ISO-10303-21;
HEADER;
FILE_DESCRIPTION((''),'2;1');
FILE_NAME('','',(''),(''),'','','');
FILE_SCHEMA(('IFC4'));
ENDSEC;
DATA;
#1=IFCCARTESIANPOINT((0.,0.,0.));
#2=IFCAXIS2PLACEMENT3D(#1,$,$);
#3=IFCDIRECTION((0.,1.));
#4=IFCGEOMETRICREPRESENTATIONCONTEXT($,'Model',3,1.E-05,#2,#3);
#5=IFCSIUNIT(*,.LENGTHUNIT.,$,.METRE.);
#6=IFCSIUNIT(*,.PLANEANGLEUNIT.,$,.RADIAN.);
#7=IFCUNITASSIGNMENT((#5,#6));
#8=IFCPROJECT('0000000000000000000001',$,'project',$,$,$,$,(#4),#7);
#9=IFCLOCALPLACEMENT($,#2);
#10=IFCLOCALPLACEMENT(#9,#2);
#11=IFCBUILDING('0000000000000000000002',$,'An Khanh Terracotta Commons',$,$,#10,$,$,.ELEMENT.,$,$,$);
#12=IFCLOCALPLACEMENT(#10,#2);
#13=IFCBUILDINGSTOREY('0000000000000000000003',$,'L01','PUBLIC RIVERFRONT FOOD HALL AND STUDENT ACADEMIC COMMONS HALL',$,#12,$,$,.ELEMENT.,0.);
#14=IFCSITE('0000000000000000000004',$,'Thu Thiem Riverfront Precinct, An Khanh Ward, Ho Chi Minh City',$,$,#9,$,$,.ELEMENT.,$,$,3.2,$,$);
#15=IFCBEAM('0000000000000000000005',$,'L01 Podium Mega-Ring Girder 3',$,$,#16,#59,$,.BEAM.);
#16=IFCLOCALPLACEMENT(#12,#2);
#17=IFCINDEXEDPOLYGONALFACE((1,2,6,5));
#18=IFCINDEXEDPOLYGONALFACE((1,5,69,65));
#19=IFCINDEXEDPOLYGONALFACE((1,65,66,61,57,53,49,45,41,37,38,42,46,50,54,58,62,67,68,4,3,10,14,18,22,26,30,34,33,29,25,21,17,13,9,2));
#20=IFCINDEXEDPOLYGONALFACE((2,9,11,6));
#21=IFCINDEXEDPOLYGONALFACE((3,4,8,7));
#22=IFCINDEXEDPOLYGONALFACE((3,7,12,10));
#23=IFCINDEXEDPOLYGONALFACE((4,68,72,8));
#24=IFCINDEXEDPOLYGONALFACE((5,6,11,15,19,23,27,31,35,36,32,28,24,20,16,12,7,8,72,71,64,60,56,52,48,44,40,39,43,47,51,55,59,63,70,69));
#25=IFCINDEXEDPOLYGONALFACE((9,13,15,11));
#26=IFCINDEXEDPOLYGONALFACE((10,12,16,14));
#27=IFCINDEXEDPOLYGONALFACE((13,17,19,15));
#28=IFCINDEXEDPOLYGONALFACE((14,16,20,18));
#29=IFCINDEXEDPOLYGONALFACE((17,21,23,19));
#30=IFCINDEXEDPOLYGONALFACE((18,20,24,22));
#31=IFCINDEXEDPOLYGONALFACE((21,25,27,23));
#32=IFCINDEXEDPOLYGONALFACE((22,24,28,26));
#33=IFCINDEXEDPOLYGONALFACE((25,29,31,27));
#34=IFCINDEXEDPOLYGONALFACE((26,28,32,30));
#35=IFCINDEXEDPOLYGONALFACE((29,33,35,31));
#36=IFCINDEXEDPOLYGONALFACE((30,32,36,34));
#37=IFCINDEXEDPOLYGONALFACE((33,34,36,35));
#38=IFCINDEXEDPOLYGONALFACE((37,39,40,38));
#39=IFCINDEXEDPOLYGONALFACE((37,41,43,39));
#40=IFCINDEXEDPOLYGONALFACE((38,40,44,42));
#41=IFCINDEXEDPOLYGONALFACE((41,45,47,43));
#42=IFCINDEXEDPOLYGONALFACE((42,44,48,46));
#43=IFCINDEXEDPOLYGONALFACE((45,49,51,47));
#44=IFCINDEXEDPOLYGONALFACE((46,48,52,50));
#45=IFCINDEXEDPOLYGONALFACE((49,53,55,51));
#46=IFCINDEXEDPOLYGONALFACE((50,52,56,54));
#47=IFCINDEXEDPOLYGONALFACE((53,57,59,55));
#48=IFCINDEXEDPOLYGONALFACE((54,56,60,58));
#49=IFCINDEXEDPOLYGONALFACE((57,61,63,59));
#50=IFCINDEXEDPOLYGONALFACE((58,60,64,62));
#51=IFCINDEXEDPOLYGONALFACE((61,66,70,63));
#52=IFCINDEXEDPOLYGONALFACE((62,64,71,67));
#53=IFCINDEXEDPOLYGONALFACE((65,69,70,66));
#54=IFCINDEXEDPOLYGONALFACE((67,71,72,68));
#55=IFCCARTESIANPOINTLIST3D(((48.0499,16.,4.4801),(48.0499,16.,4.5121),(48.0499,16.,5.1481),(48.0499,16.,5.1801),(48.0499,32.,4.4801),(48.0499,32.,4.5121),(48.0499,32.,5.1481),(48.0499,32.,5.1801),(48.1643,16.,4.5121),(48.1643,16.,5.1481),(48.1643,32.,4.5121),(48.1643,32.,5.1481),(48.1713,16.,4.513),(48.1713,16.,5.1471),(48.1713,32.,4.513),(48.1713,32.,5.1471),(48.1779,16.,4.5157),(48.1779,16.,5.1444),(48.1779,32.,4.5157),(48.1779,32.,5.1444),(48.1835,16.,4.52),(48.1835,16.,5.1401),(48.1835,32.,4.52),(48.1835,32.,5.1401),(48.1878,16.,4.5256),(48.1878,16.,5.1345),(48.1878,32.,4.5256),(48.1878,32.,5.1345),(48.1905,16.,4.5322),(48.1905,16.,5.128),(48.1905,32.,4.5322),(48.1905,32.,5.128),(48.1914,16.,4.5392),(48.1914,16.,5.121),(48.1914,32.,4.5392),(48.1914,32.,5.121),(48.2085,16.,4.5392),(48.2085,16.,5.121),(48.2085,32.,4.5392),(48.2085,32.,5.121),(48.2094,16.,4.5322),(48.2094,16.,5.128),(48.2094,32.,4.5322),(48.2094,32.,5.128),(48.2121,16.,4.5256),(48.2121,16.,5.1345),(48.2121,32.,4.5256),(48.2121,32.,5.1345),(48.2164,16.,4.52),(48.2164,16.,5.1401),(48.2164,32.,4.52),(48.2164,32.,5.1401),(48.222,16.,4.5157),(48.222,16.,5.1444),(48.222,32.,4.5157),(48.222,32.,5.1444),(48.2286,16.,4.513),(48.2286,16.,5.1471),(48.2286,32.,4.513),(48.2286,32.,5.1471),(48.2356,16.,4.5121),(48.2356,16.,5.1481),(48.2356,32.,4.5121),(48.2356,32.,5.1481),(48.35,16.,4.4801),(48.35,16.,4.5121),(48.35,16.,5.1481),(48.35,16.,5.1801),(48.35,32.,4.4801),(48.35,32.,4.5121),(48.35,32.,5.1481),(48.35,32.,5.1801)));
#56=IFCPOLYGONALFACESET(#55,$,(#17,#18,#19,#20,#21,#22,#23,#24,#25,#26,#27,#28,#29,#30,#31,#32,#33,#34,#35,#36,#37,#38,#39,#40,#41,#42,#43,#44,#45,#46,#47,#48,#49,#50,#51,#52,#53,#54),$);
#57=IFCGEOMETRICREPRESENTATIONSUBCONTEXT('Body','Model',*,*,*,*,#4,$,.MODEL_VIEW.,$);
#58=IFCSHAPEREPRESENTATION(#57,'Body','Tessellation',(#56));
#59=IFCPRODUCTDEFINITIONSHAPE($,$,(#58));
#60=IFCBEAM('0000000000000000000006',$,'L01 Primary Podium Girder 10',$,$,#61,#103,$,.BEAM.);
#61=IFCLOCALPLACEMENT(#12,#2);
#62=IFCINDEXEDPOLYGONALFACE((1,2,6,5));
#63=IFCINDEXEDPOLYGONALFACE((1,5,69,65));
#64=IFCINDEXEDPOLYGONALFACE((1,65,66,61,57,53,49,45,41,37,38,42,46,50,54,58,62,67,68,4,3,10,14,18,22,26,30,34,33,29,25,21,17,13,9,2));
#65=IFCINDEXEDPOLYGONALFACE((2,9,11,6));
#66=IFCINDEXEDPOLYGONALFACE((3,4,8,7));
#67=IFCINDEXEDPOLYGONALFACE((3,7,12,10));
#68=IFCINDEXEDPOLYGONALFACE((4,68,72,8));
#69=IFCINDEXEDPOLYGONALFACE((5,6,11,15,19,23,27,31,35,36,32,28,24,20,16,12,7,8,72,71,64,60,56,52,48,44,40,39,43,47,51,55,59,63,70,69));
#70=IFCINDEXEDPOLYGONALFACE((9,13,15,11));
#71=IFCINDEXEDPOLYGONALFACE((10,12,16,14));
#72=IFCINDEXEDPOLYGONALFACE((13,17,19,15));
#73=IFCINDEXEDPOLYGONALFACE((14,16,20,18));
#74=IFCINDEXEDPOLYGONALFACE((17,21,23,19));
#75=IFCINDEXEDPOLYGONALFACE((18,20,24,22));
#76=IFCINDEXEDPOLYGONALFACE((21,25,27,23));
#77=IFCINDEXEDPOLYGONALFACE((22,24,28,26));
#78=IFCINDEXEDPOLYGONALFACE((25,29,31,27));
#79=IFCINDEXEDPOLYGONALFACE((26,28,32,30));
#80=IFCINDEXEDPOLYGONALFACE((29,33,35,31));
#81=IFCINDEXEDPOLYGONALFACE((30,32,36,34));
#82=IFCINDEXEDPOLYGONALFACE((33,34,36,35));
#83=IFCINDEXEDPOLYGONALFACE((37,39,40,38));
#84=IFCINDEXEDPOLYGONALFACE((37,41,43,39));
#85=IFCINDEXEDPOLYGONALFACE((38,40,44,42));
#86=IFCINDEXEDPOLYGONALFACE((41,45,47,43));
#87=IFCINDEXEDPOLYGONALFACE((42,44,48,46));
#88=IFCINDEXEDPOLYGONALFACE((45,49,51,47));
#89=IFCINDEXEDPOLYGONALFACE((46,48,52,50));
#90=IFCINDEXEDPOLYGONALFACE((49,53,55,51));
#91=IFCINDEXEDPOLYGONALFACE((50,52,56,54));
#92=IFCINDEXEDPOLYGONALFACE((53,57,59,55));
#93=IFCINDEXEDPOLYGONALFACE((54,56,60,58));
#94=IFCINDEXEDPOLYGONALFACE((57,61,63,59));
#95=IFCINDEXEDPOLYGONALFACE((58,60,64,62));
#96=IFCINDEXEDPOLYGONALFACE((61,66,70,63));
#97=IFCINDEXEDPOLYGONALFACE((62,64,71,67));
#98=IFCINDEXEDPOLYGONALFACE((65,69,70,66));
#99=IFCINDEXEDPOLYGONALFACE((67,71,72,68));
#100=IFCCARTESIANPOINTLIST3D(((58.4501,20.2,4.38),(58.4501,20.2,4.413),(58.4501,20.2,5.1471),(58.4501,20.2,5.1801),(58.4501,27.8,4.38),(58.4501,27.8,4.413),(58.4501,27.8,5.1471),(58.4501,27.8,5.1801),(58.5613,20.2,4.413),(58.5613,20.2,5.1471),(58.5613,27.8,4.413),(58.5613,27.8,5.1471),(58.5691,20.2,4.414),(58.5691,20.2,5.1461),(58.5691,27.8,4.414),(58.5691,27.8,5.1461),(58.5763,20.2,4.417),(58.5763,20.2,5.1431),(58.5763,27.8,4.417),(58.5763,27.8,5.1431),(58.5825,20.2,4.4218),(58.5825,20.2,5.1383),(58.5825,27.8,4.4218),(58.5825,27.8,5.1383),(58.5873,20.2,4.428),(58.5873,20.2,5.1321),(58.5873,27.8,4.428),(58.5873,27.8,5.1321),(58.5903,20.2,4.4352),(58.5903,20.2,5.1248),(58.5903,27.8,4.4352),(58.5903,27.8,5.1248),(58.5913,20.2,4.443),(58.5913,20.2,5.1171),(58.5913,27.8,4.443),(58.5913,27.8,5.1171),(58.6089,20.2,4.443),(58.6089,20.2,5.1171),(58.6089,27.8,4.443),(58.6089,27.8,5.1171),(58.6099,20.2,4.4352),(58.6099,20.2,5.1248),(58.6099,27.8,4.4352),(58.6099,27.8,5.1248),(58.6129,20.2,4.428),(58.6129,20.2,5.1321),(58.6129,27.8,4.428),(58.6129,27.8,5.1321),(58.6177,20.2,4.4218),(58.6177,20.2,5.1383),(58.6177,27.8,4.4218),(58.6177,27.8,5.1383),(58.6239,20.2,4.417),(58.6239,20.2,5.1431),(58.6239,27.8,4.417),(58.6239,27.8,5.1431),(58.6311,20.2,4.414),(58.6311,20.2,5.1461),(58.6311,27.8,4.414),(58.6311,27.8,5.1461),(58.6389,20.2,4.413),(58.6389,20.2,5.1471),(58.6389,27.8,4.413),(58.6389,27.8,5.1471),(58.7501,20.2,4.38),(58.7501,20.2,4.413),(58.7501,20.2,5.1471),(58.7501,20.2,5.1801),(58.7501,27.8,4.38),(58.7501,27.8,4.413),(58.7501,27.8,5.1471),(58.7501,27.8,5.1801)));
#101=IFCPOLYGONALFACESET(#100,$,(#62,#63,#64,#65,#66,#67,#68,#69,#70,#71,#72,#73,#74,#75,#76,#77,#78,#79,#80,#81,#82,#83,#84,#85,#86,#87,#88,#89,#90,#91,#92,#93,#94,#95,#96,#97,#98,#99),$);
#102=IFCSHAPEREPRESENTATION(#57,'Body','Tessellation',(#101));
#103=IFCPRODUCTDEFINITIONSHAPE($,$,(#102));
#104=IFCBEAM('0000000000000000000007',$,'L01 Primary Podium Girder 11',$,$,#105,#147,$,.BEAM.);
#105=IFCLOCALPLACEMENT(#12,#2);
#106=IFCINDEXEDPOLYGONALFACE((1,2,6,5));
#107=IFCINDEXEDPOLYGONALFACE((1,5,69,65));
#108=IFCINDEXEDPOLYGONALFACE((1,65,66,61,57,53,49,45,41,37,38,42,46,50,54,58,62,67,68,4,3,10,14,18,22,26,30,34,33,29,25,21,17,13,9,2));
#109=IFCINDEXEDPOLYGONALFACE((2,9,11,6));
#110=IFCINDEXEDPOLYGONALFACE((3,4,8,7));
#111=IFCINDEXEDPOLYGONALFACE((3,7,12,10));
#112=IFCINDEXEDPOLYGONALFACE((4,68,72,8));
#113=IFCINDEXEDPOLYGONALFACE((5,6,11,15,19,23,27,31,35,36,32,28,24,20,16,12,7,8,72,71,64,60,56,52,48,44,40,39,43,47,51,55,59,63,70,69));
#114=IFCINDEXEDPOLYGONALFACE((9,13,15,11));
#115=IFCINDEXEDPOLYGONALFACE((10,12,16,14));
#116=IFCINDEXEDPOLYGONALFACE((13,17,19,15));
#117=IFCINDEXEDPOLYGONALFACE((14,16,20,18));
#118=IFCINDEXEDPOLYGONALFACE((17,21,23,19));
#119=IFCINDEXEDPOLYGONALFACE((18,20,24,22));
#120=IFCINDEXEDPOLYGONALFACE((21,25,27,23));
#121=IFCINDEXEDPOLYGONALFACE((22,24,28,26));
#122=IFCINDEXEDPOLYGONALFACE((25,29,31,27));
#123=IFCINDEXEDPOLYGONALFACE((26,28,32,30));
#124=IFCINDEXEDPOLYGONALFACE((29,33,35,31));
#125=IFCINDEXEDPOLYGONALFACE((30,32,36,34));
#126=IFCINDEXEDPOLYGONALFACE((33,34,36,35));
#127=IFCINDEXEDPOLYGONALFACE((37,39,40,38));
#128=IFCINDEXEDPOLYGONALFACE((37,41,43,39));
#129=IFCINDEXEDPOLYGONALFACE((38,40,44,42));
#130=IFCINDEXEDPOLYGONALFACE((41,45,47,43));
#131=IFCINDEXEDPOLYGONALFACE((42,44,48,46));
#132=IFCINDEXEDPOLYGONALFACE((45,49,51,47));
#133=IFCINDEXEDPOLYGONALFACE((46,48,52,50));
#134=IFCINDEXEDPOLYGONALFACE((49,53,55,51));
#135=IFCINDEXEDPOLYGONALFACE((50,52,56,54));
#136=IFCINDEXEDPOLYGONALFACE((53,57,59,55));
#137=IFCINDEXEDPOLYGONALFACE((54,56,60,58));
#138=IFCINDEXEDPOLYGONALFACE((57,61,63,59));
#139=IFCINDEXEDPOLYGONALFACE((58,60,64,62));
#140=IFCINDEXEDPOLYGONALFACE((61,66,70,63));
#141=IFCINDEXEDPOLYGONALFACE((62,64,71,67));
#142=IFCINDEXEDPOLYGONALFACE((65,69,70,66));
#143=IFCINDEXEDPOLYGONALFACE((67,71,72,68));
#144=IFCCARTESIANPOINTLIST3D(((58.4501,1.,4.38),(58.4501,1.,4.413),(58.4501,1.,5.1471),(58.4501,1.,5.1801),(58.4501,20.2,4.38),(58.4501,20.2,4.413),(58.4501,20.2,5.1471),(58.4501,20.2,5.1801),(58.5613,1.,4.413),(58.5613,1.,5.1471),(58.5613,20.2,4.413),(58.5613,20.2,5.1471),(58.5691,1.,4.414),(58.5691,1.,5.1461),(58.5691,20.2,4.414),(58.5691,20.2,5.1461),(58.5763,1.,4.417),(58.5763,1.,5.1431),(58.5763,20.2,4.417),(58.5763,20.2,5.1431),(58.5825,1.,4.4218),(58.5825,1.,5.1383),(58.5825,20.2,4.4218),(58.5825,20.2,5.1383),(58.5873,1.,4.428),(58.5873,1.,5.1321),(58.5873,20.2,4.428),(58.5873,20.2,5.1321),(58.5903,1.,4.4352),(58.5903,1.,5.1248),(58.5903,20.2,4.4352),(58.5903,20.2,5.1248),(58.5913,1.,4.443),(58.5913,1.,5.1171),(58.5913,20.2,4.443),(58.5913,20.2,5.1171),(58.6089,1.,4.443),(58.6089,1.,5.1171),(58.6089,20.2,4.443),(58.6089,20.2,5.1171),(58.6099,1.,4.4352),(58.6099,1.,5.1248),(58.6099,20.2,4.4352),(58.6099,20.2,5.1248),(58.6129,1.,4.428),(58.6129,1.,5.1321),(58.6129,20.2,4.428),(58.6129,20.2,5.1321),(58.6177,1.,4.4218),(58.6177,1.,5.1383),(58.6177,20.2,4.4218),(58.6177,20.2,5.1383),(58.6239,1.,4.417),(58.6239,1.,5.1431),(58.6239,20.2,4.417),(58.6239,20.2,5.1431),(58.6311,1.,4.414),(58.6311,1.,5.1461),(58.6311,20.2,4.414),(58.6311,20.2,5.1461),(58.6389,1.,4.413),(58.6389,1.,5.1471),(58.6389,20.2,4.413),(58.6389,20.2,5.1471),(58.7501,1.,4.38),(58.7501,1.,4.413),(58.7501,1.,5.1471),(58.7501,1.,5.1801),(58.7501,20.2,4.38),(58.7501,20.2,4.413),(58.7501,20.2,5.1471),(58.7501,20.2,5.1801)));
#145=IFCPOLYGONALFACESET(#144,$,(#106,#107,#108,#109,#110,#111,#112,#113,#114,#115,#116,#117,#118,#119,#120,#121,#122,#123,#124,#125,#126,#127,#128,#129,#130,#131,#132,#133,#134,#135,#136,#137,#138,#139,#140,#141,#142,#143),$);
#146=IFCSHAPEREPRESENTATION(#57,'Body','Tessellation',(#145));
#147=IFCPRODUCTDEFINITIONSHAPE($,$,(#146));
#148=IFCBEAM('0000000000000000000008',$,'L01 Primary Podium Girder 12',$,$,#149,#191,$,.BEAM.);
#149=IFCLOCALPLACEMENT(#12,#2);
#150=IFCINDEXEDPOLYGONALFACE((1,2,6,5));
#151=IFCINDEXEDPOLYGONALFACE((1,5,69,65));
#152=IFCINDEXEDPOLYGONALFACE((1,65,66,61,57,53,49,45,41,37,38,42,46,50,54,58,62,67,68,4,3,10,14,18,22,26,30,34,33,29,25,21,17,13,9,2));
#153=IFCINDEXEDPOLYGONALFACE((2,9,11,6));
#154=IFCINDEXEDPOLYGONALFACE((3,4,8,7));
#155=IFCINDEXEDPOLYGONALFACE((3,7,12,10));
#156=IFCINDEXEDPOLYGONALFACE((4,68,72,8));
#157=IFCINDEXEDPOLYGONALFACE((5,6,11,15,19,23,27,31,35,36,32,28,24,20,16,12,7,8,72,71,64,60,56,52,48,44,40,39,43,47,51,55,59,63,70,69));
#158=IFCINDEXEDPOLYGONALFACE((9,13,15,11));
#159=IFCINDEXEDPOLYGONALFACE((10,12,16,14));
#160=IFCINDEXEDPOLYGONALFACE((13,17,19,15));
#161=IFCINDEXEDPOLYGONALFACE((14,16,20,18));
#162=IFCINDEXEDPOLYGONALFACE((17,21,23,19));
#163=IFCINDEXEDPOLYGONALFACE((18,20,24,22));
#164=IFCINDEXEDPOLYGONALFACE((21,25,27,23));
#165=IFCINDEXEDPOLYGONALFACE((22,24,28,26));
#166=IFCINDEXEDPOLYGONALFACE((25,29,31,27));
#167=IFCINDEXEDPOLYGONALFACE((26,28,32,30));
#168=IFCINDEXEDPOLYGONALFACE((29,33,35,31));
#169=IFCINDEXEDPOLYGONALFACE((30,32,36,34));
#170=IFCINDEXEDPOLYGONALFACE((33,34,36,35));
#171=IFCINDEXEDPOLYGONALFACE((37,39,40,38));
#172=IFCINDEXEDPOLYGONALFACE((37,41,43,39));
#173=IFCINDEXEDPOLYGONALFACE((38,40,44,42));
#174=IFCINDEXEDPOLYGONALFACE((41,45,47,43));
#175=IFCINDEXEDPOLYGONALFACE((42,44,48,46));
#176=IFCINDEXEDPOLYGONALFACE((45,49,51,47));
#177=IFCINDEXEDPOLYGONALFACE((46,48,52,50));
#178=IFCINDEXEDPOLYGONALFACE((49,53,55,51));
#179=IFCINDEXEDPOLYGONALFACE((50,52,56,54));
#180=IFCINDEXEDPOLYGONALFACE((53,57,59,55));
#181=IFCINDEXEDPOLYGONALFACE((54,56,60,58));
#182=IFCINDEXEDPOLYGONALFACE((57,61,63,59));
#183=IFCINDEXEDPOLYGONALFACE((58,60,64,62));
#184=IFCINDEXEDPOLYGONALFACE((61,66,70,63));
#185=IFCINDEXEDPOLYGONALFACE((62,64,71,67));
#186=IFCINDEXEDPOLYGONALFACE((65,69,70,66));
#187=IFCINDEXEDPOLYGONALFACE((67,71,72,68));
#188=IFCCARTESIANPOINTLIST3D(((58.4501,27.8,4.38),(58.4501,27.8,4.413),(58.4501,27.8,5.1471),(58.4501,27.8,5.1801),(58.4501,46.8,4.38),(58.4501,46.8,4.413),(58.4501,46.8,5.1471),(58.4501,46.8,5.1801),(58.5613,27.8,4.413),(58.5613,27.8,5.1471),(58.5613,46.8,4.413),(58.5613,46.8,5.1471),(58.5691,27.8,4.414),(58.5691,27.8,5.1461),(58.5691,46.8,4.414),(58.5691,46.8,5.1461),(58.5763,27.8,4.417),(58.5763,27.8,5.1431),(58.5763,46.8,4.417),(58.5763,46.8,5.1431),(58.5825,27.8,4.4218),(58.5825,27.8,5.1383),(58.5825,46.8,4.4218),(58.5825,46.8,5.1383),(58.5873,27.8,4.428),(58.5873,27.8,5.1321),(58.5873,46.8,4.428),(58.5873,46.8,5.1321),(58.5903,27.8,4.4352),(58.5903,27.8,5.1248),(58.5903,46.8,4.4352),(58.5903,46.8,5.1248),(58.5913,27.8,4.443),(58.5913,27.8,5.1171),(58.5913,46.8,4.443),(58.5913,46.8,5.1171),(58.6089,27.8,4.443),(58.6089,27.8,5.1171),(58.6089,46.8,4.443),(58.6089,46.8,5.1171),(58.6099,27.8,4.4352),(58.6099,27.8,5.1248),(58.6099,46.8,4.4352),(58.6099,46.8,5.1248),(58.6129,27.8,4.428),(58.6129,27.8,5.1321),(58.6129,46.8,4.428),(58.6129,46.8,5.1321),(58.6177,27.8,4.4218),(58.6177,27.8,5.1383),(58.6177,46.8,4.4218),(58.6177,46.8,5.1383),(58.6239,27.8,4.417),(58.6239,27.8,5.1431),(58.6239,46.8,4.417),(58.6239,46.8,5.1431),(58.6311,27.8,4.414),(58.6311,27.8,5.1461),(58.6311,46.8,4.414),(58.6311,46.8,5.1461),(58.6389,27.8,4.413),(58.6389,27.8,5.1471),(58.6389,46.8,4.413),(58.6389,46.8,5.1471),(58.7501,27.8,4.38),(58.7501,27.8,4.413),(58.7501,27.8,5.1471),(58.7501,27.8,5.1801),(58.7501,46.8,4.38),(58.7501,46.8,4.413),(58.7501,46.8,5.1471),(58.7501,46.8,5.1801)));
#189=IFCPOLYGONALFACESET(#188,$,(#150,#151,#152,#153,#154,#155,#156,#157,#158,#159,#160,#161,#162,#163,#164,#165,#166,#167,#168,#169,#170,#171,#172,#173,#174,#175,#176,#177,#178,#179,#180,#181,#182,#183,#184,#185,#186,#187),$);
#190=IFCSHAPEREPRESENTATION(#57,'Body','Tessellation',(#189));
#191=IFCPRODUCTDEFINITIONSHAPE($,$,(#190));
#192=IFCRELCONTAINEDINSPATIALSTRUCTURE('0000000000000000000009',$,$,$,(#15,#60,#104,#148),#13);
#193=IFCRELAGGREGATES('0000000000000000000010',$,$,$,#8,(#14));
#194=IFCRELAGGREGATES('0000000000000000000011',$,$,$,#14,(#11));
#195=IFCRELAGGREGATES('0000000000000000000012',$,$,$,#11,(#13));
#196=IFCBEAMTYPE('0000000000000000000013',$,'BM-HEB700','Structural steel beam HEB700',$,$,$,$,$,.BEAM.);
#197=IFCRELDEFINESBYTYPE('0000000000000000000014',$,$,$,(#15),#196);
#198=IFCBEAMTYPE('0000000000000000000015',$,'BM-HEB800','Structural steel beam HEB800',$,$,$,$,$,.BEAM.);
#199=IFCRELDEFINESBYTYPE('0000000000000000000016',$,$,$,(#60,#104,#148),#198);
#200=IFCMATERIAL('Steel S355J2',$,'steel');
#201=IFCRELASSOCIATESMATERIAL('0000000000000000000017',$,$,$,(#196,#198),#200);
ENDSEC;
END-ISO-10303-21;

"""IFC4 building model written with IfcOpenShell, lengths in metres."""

from ifc_helpers import new_model, si_unit, direction, frame, origin, origin_2d, place, context, subcontext, project, spatial, i_section, extrude, material, material_profile, profile_set, type_object, element, save


model = new_model("IFC4")

# Units and contexts
model_context = context("Model", 3, precision=1e-05, world=origin(), true_north=direction((0.0, 1.0)))
body_context = subcontext(model_context, "Body", "Model", "MODEL_VIEW")
ifc_project = project(units=[si_unit("LENGTHUNIT", "METRE"), si_unit("PLANEANGLEUNIT", "RADIAN")], contexts=[model_context])

# Site, building, storey
site_placement = place(None, origin())
site = spatial("IfcSite", under=ifc_project, at=site_placement, Name="Thu Thiem Riverfront Precinct, An Khanh Ward, Ho Chi Minh City", CompositionType="ELEMENT", RefElevation=3.2)
building_placement = place(site_placement, origin())
building = spatial("IfcBuilding", under=site, at=building_placement, Name="An Khanh Terracotta Commons", CompositionType="ELEMENT")
storey_placement = place(building_placement, origin())
storey = spatial("IfcBuildingStorey", under=building, at=storey_placement, Name="L01", Description="PUBLIC RIVERFRONT FOOD HALL AND STUDENT ACADEMIC COMMONS HALL", CompositionType="ELEMENT", Elevation=0.0)

# Beams
ifc_material_1 = material(Name="Steel S355J2", Category="steel")
ifc_material_profile_1 = material_profile(ifc_material_1, i_section(OverallWidth=0.3, OverallDepth=0.7, WebThickness=0.0171, FlangeThickness=0.032, FilletRadius=0.0271, at=origin_2d()), Name="HEB700")
ifc_profile_set_1 = profile_set([ifc_material_profile_1], Name="Steel S355J2")
beam_type_1 = type_object("IfcBeamType", Name="BM-HEB700", Description="Structural steel beam HEB700", PredefinedType="BEAM", material=ifc_profile_set_1)
beam_1_placement = place(storey_placement, frame((48.2, 16.0, 4.8301), z_axis=(0.0, 1.0, 0.0), x_axis=(-1.0, 0.0, 0.0)))
element("IfcBeam", 1, at=beam_1_placement, inside=storey, type_object=beam_type_1, Name="L01 Podium Mega-Ring Girder 3", PredefinedType="BEAM", context=body_context, shape_type="SweptSolid", body=[
    extrude(i_section(OverallWidth=0.3, OverallDepth=0.7, WebThickness=0.0171, FlangeThickness=0.032, FilletRadius=0.0271, at=origin_2d()), origin(), (0.0, 0.0, 1.0), 16.0),
])
ifc_material_profile_2 = material_profile(ifc_material_1, i_section(OverallWidth=0.3, OverallDepth=0.8, WebThickness=0.0176, FlangeThickness=0.033, FilletRadius=0.03, at=origin_2d()), Name="HEB800")
ifc_profile_set_2 = profile_set([ifc_material_profile_2], Name="Steel S355J2")
beam_type_2 = type_object("IfcBeamType", Name="BM-HEB800", Description="Structural steel beam HEB800", PredefinedType="BEAM", material=ifc_profile_set_2)
beam_2_placement = place(storey_placement, frame((58.6001, 20.2, 4.78), z_axis=(0.0, 1.0, 0.0), x_axis=(-1.0, 0.0, 0.0)))
element("IfcBeam", 2, at=beam_2_placement, inside=storey, type_object=beam_type_2, Name="L01 Primary Podium Girder 10", PredefinedType="BEAM", context=body_context, shape_type="SweptSolid", body=[
    extrude(i_section(OverallWidth=0.3, OverallDepth=0.8, WebThickness=0.0176, FlangeThickness=0.033, FilletRadius=0.03, at=origin_2d()), origin(), (0.0, 0.0, 1.0), 7.6001),
])
beam_3_placement = place(storey_placement, frame((58.6001, 1.0, 4.78), z_axis=(0.0, 1.0, 0.0), x_axis=(-1.0, 0.0, 0.0)))
element("IfcBeam", 3, at=beam_3_placement, inside=storey, type_object=beam_type_2, Name="L01 Primary Podium Girder 11", PredefinedType="BEAM", context=body_context, shape_type="SweptSolid", body=[
    extrude(i_section(OverallWidth=0.3, OverallDepth=0.8, WebThickness=0.0176, FlangeThickness=0.033, FilletRadius=0.03, at=origin_2d()), origin(), (0.0, 0.0, 1.0), 19.2),
])
beam_4_placement = place(storey_placement, frame((58.6001, 27.8, 4.78), z_axis=(0.0, 1.0, 0.0), x_axis=(-1.0, 0.0, 0.0)))
element("IfcBeam", 4, at=beam_4_placement, inside=storey, type_object=beam_type_2, Name="L01 Primary Podium Girder 12", PredefinedType="BEAM", context=body_context, shape_type="SweptSolid", body=[
    extrude(i_section(OverallWidth=0.3, OverallDepth=0.8, WebThickness=0.0176, FlangeThickness=0.033, FilletRadius=0.03, at=origin_2d()), origin(), (0.0, 0.0, 1.0), 19.0),
])

save(model, "model.ifc")
